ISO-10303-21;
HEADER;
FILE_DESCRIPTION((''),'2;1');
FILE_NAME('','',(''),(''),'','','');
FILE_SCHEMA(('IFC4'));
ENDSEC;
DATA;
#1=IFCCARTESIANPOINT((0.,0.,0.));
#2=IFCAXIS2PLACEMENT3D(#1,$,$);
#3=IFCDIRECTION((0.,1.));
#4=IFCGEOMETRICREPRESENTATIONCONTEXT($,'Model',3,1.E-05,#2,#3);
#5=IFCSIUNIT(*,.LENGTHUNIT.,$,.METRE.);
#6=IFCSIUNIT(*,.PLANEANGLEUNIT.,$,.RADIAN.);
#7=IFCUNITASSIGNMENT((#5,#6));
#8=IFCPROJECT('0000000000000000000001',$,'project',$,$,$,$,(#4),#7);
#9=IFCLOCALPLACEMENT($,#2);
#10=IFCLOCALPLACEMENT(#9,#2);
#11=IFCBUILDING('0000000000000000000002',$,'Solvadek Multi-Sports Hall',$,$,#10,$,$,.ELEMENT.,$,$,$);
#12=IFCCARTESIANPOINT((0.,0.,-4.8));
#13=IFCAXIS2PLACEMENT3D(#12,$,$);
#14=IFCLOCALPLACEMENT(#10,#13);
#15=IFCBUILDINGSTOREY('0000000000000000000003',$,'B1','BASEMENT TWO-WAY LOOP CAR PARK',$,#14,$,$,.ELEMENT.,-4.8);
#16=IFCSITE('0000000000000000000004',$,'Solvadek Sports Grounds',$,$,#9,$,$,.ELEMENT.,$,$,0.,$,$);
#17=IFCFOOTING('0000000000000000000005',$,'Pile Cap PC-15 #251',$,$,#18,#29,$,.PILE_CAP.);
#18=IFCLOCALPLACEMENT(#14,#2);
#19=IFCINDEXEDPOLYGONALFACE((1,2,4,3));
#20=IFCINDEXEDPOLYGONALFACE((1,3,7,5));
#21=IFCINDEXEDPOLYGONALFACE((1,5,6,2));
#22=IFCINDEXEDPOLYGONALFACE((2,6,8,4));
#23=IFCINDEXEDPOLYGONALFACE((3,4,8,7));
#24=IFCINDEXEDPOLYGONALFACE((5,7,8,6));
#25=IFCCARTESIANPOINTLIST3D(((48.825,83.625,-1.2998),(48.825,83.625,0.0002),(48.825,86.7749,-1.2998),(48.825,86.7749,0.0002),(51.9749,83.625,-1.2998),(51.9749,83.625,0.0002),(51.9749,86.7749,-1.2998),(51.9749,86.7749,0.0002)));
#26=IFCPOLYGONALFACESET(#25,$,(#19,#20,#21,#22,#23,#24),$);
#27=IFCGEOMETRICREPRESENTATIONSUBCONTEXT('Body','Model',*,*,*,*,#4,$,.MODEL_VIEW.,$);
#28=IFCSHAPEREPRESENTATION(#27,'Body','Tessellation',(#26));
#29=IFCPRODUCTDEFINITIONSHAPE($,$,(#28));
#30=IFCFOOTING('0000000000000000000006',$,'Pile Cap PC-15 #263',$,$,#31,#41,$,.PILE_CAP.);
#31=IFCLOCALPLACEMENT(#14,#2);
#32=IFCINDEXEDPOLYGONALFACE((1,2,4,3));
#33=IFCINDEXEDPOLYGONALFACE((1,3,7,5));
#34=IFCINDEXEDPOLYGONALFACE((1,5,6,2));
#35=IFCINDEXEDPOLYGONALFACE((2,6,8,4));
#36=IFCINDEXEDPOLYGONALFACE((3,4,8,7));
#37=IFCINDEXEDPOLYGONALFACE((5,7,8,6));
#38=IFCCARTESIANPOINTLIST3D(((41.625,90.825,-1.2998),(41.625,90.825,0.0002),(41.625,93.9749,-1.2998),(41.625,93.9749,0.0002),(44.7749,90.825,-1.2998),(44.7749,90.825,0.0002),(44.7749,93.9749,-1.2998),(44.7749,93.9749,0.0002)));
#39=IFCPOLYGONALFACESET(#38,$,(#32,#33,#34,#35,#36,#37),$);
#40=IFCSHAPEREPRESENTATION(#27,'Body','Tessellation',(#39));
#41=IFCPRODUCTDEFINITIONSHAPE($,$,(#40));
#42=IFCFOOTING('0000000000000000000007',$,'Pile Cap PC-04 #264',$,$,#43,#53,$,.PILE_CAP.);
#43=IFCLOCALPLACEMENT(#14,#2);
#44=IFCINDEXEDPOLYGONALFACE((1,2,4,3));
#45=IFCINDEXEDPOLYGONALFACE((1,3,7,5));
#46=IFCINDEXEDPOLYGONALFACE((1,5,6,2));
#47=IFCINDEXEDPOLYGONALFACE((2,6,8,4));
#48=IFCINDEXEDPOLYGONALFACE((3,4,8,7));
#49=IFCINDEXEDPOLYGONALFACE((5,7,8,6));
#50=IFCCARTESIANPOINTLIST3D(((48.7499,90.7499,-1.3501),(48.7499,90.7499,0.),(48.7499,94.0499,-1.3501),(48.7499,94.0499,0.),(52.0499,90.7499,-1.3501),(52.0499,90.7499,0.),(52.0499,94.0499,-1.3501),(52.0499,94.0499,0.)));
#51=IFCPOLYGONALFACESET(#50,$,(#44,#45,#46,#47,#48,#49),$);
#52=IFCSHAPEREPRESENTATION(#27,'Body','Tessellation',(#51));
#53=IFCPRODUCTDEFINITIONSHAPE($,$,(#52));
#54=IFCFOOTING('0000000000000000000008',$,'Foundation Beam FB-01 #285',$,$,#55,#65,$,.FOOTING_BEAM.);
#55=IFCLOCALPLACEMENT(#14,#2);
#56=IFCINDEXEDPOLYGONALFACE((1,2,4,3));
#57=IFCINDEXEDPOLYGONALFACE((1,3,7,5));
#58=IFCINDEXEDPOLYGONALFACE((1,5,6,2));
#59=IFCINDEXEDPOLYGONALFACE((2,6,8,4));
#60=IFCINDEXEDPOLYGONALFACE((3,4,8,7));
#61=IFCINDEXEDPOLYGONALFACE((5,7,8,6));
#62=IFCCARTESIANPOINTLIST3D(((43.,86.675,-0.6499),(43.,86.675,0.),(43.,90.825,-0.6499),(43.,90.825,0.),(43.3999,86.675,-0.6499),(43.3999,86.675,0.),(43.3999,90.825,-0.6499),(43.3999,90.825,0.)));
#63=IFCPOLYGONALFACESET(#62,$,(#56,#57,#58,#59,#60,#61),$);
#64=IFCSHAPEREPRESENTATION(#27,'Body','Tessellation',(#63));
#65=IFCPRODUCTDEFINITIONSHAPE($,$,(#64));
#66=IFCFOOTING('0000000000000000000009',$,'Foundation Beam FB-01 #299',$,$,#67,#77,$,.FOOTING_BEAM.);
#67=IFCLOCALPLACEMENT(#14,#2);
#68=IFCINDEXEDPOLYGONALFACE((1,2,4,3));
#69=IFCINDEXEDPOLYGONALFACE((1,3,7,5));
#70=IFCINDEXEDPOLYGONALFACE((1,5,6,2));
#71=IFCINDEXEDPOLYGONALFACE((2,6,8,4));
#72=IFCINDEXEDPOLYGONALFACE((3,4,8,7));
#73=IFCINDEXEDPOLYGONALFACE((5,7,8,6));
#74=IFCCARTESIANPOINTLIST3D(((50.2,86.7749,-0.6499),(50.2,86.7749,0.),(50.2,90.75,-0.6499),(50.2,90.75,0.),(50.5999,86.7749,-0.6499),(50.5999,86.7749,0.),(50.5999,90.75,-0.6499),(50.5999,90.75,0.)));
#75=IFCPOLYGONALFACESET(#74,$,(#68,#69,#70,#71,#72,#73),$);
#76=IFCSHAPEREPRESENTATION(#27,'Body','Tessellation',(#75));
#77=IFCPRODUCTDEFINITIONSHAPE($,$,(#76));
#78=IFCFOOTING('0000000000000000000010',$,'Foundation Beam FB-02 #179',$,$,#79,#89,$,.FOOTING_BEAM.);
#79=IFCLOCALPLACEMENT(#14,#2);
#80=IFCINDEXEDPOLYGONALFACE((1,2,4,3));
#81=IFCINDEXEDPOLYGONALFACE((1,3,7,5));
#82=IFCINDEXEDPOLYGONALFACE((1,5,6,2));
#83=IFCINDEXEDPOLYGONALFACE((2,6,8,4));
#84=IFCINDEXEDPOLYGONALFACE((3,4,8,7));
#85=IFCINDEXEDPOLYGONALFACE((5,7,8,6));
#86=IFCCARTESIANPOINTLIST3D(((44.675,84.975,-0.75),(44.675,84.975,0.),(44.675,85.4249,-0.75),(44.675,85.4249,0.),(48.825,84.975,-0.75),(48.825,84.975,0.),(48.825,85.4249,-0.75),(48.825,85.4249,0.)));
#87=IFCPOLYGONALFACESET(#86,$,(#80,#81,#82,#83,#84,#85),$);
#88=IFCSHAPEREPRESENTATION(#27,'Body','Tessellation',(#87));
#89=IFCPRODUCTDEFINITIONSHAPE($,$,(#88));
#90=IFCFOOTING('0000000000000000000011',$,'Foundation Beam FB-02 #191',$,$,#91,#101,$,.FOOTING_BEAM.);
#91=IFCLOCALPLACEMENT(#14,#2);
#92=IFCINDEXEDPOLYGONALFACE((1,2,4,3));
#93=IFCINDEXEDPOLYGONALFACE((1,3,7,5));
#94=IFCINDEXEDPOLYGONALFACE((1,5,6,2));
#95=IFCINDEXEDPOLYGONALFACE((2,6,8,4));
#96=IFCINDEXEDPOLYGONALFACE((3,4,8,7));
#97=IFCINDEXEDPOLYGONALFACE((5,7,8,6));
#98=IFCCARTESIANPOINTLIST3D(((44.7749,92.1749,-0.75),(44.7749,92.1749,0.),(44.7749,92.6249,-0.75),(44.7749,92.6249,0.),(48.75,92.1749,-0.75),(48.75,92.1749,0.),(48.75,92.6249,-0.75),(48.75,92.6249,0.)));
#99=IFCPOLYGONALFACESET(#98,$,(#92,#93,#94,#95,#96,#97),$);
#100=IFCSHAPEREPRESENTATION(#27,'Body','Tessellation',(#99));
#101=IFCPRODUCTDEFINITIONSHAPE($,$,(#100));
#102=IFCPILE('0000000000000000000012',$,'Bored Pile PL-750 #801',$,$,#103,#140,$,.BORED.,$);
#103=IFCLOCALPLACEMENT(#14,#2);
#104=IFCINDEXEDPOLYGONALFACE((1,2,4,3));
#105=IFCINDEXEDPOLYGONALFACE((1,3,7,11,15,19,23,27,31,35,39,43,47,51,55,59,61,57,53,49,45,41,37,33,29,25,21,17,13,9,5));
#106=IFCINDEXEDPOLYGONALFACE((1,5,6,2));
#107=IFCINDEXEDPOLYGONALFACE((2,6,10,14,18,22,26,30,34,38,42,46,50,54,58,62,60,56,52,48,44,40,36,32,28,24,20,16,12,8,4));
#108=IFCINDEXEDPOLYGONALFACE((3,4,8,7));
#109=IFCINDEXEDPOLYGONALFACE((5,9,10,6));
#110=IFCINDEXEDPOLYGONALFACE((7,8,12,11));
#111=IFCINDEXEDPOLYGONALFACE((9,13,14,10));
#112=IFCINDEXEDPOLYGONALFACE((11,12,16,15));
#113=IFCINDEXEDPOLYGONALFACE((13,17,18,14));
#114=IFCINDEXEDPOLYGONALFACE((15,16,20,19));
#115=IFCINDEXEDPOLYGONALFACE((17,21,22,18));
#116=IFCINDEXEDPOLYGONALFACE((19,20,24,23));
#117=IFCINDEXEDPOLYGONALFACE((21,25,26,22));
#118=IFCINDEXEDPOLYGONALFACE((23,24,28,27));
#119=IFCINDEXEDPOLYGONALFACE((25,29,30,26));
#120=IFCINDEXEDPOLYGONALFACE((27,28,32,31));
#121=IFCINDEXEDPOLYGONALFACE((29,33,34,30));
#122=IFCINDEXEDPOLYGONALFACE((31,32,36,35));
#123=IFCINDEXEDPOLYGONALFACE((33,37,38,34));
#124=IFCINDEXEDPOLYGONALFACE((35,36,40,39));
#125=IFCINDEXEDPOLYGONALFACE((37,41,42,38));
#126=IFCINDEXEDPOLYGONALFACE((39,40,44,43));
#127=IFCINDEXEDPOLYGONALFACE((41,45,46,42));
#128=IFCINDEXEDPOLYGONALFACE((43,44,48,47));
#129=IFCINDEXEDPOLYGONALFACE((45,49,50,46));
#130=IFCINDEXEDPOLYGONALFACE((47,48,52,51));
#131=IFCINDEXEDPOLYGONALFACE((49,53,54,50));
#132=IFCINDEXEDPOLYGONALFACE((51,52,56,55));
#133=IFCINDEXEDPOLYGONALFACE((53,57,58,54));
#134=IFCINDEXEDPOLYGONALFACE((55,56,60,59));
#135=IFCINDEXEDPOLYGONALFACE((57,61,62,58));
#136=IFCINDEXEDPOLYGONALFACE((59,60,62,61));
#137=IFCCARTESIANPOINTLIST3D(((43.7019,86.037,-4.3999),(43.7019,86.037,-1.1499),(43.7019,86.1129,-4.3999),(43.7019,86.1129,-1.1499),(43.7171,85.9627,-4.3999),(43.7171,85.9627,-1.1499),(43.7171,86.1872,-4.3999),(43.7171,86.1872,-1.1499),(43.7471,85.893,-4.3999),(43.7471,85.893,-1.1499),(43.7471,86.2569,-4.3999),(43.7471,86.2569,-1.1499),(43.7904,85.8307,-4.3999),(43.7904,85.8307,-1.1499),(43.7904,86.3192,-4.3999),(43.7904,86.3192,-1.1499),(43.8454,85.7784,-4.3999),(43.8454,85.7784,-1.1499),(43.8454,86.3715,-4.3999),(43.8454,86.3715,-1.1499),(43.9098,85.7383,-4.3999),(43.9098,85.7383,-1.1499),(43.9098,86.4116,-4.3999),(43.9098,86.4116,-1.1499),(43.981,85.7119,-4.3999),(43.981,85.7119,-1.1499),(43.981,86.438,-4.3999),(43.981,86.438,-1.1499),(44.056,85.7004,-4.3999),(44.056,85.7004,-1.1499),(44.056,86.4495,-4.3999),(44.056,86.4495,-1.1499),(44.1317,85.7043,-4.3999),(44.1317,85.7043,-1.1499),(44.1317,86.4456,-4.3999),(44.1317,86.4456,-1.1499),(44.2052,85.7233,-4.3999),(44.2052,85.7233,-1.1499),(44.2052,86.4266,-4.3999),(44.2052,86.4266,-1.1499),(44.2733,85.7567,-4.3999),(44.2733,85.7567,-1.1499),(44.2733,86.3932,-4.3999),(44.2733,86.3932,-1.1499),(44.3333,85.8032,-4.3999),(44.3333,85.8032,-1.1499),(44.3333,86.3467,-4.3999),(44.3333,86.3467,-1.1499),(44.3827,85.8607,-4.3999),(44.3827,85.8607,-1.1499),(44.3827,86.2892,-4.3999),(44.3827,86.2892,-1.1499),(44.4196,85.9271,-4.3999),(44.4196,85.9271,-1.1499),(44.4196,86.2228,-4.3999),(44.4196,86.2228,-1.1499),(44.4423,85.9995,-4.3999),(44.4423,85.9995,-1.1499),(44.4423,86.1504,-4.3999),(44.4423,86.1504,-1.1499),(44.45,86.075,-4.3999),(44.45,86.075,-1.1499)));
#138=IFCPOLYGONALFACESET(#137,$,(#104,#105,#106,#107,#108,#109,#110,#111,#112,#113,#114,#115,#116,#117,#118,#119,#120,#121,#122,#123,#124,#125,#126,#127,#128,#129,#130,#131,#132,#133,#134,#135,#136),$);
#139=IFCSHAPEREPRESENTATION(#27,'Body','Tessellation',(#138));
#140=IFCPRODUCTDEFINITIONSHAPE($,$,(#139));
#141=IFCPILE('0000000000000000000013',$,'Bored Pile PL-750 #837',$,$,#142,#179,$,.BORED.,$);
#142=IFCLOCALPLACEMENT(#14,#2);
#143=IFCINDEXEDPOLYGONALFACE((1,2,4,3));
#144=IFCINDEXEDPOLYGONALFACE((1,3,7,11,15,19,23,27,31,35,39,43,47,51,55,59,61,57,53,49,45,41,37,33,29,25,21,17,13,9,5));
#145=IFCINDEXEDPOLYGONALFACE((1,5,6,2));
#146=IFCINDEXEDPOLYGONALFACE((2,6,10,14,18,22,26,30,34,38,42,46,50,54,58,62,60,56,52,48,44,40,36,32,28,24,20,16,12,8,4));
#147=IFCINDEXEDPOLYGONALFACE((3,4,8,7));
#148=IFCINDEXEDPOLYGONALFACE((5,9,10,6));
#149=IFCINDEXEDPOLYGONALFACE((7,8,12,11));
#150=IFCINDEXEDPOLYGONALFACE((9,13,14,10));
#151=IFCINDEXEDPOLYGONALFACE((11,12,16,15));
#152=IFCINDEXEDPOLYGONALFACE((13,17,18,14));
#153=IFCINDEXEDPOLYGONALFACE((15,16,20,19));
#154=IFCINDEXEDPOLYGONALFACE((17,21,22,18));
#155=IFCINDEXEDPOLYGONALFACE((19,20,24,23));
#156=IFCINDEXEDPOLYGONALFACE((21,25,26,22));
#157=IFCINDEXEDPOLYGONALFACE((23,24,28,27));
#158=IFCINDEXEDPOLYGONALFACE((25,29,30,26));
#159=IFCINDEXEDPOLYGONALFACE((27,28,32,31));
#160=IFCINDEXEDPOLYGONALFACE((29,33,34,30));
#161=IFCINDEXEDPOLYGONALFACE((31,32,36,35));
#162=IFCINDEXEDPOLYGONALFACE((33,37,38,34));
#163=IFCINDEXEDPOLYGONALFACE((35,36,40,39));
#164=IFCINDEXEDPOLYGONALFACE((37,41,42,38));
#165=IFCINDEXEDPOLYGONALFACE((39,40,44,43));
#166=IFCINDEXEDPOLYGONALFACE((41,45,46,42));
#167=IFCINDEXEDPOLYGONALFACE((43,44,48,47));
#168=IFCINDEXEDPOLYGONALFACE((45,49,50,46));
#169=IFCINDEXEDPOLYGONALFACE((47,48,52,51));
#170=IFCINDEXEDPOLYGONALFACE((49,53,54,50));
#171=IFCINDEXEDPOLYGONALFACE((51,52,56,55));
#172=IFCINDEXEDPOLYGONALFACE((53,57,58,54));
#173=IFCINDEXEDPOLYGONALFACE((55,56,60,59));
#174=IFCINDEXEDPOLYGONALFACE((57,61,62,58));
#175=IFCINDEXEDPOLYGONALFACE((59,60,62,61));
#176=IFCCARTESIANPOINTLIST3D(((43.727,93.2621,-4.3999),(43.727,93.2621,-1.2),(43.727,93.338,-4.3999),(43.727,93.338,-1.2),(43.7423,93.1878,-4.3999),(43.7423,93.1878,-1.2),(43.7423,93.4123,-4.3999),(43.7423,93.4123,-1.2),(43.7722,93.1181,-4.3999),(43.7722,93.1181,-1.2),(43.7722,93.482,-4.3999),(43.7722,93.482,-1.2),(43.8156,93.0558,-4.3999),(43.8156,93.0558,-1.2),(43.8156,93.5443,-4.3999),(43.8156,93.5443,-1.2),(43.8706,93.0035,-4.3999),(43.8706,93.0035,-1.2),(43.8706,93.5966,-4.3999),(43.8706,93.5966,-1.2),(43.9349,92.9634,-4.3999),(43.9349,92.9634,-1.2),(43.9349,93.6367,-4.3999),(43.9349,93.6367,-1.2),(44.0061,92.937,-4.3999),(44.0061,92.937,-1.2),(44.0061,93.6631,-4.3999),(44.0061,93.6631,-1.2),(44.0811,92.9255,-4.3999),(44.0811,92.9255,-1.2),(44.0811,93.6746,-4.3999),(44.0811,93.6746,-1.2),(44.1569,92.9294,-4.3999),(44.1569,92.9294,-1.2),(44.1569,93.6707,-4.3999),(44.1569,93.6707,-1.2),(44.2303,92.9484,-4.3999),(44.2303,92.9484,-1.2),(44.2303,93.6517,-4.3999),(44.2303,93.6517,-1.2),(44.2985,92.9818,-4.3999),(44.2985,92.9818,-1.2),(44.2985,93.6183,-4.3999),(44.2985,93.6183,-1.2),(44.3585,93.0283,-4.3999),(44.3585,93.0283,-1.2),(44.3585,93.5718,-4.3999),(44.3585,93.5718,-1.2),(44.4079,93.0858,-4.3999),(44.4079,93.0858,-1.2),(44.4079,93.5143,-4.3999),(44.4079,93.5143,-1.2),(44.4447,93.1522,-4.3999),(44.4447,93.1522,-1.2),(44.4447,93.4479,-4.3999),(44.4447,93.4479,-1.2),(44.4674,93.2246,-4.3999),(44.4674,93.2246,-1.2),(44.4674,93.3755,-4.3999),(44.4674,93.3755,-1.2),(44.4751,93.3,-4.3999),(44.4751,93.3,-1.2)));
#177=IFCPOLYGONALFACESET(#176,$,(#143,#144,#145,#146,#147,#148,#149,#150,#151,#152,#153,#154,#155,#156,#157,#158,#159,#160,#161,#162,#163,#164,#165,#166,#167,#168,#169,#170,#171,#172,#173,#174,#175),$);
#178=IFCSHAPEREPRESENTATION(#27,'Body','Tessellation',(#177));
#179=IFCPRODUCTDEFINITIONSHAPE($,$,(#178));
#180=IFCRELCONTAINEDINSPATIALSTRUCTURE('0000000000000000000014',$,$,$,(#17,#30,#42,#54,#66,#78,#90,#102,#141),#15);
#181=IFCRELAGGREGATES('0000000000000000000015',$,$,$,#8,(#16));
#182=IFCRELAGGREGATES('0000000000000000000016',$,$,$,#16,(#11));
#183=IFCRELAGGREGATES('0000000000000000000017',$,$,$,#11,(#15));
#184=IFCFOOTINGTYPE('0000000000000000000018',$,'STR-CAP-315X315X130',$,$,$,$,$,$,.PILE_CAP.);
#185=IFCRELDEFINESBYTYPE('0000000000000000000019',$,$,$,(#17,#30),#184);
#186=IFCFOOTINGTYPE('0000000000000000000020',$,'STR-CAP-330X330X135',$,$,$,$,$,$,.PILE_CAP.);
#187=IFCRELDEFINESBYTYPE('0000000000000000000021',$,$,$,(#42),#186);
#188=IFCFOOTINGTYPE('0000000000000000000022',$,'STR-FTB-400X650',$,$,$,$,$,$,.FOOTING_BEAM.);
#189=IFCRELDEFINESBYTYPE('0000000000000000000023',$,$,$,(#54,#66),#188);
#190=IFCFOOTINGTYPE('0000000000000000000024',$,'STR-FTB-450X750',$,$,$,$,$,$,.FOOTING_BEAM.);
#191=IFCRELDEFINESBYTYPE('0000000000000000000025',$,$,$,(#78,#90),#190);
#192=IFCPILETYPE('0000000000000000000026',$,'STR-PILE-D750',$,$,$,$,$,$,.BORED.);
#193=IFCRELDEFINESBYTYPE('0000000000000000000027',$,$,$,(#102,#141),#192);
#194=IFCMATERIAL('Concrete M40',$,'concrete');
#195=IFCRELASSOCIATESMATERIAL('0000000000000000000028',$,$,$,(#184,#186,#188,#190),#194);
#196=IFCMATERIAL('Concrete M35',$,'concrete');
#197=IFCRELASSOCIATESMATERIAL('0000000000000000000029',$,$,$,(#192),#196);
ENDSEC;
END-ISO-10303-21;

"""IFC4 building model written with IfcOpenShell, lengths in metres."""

from ifc_helpers import new_model, si_unit, direction, frame, origin, origin_2d, place, context, subcontext, project, spatial, rectangle, circle, extrude, material, material_profile, profile_set, type_object, element, save


model = new_model("IFC4")

# Units and contexts
model_context = context("Model", 3, precision=1e-05, world=origin(), true_north=direction((0.0, 1.0)))
body_context = subcontext(model_context, "Body", "Model", "MODEL_VIEW")
ifc_project = project(units=[si_unit("LENGTHUNIT", "METRE"), si_unit("PLANEANGLEUNIT", "RADIAN")], contexts=[model_context])

# Site, building, storey
site_placement = place(None, origin())
site = spatial("IfcSite", under=ifc_project, at=site_placement, Name="Solvadek Sports Grounds", CompositionType="ELEMENT", RefElevation=0.0)
building_placement = place(site_placement, origin())
building = spatial("IfcBuilding", under=site, at=building_placement, Name="Solvadek Multi-Sports Hall", CompositionType="ELEMENT")
storey_placement = place(building_placement, frame((0.0, 0.0, -4.8)))
storey = spatial("IfcBuildingStorey", under=building, at=storey_placement, Name="B1", Description="BASEMENT TWO-WAY LOOP CAR PARK", CompositionType="ELEMENT", Elevation=-4.8)

# Footings
ifc_material_1 = material(Name="Concrete M40", Category="concrete")
footing_type_1 = type_object("IfcFootingType", Name="STR-CAP-315X315X130", PredefinedType="PILE_CAP", material=ifc_material_1)
for number, where, z_axis, x_axis, name in (
    (1, (50.3999, 85.2, -1.2998), (0.0, 0.0, 1.0), (1.0, 0.0, 0.0), "Pile Cap PC-15 #251"),
    (2, (43.2, 92.3999, -1.2998), (0.0, 0.0, 1.0), (1.0, 0.0, 0.0), "Pile Cap PC-15 #263"),
):
    element("IfcFooting", number, at=place(storey_placement, frame(where, z_axis=z_axis, x_axis=x_axis)), inside=storey, type_object=footing_type_1, Name=name, PredefinedType="PILE_CAP", context=body_context, shape_type="SweptSolid", body=[
        extrude(rectangle(XDim=3.1499, YDim=3.1499, at=origin_2d()), origin(), (0.0, 0.0, 1.0), 1.3),
    ])
footing_type_2 = type_object("IfcFootingType", Name="STR-CAP-330X330X135", PredefinedType="PILE_CAP", material=ifc_material_1)
footing_1_placement = place(storey_placement, frame((50.3999, 92.3999, -1.3501), z_axis=(0.0, 0.0, 1.0), x_axis=(1.0, 0.0, 0.0)))
element("IfcFooting", 3, at=footing_1_placement, inside=storey, type_object=footing_type_2, Name="Pile Cap PC-04 #264", PredefinedType="PILE_CAP", context=body_context, shape_type="SweptSolid", body=[
    extrude(rectangle(XDim=3.3, YDim=3.3, at=origin_2d()), origin(), (0.0, 0.0, 1.0), 1.3501),
])
footing_type_3 = type_object("IfcFootingType", Name="STR-FTB-400X650", PredefinedType="FOOTING_BEAM", material=ifc_material_1)
footing_2_placement = place(storey_placement, frame((43.2, 88.75, -0.6499), z_axis=(0.0, 0.0, 1.0), x_axis=(0.0, 1.0, 0.0)))
element("IfcFooting", 4, at=footing_2_placement, inside=storey, type_object=footing_type_3, Name="Foundation Beam FB-01 #285", PredefinedType="FOOTING_BEAM", context=body_context, shape_type="SweptSolid", body=[
    extrude(rectangle(XDim=4.1499, YDim=0.3999, at=origin_2d()), origin(), (0.0, 0.0, 1.0), 0.6499),
])
footing_3_placement = place(storey_placement, frame((50.3999, 88.7625, -0.6499), z_axis=(0.0, 0.0, 1.0), x_axis=(0.0, 1.0, 0.0)))
element("IfcFooting", 5, at=footing_3_placement, inside=storey, type_object=footing_type_3, Name="Foundation Beam FB-01 #299", PredefinedType="FOOTING_BEAM", context=body_context, shape_type="SweptSolid", body=[
    extrude(rectangle(XDim=3.9751, YDim=0.3999, at=origin_2d()), origin(), (0.0, 0.0, 1.0), 0.6499),
])
footing_type_4 = type_object("IfcFootingType", Name="STR-FTB-450X750", PredefinedType="FOOTING_BEAM", material=ifc_material_1)
footing_4_placement = place(storey_placement, frame((46.75, 85.2, -0.75), z_axis=(0.0, 0.0, 1.0), x_axis=(1.0, 0.0, 0.0)))
element("IfcFooting", 6, at=footing_4_placement, inside=storey, type_object=footing_type_4, Name="Foundation Beam FB-02 #179", PredefinedType="FOOTING_BEAM", context=body_context, shape_type="SweptSolid", body=[
    extrude(rectangle(XDim=4.1499, YDim=0.45, at=origin_2d()), origin(), (0.0, 0.0, 1.0), 0.75),
])
footing_5_placement = place(storey_placement, frame((46.7625, 92.3999, -0.75), z_axis=(0.0, 0.0, 1.0), x_axis=(1.0, 0.0, 0.0)))
element("IfcFooting", 7, at=footing_5_placement, inside=storey, type_object=footing_type_4, Name="Foundation Beam FB-02 #191", PredefinedType="FOOTING_BEAM", context=body_context, shape_type="SweptSolid", body=[
    extrude(rectangle(XDim=3.9751, YDim=0.45, at=origin_2d()), origin(), (0.0, 0.0, 1.0), 0.75),
])

# Piles
ifc_material_2 = material(Name="Concrete M35", Category="concrete")
ifc_material_profile_1 = material_profile(ifc_material_2, circle(Radius=0.375, at=origin_2d()), Name="BORED PILE D750")
ifc_profile_set_1 = profile_set([ifc_material_profile_1], Name="Concrete M35")
pile_type = type_object("IfcPileType", Name="STR-PILE-D750", PredefinedType="BORED", material=ifc_profile_set_1)
pile_1_placement = place(storey_placement, frame((44.075, 86.075, -1.1499), z_axis=(0.0, 0.0, -1.0), x_axis=(1.0, 0.0, 0.0)))
element("IfcPile", 8, at=pile_1_placement, inside=storey, type_object=pile_type, Name="Bored Pile PL-750 #801", PredefinedType="BORED", context=body_context, shape_type="SweptSolid", body=[
    extrude(circle(Radius=0.375, at=origin_2d()), origin(), (0.0, 0.0, 1.0), 3.25),
])
pile_2_placement = place(storey_placement, frame((44.1001, 93.3, -1.2), z_axis=(0.0, 0.0, -1.0), x_axis=(1.0, 0.0, 0.0)))
element("IfcPile", 9, at=pile_2_placement, inside=storey, type_object=pile_type, Name="Bored Pile PL-750 #837", PredefinedType="BORED", context=body_context, shape_type="SweptSolid", body=[
    extrude(circle(Radius=0.375, at=origin_2d()), origin(), (0.0, 0.0, 1.0), 3.2),
])

save(model, "model.ifc")
